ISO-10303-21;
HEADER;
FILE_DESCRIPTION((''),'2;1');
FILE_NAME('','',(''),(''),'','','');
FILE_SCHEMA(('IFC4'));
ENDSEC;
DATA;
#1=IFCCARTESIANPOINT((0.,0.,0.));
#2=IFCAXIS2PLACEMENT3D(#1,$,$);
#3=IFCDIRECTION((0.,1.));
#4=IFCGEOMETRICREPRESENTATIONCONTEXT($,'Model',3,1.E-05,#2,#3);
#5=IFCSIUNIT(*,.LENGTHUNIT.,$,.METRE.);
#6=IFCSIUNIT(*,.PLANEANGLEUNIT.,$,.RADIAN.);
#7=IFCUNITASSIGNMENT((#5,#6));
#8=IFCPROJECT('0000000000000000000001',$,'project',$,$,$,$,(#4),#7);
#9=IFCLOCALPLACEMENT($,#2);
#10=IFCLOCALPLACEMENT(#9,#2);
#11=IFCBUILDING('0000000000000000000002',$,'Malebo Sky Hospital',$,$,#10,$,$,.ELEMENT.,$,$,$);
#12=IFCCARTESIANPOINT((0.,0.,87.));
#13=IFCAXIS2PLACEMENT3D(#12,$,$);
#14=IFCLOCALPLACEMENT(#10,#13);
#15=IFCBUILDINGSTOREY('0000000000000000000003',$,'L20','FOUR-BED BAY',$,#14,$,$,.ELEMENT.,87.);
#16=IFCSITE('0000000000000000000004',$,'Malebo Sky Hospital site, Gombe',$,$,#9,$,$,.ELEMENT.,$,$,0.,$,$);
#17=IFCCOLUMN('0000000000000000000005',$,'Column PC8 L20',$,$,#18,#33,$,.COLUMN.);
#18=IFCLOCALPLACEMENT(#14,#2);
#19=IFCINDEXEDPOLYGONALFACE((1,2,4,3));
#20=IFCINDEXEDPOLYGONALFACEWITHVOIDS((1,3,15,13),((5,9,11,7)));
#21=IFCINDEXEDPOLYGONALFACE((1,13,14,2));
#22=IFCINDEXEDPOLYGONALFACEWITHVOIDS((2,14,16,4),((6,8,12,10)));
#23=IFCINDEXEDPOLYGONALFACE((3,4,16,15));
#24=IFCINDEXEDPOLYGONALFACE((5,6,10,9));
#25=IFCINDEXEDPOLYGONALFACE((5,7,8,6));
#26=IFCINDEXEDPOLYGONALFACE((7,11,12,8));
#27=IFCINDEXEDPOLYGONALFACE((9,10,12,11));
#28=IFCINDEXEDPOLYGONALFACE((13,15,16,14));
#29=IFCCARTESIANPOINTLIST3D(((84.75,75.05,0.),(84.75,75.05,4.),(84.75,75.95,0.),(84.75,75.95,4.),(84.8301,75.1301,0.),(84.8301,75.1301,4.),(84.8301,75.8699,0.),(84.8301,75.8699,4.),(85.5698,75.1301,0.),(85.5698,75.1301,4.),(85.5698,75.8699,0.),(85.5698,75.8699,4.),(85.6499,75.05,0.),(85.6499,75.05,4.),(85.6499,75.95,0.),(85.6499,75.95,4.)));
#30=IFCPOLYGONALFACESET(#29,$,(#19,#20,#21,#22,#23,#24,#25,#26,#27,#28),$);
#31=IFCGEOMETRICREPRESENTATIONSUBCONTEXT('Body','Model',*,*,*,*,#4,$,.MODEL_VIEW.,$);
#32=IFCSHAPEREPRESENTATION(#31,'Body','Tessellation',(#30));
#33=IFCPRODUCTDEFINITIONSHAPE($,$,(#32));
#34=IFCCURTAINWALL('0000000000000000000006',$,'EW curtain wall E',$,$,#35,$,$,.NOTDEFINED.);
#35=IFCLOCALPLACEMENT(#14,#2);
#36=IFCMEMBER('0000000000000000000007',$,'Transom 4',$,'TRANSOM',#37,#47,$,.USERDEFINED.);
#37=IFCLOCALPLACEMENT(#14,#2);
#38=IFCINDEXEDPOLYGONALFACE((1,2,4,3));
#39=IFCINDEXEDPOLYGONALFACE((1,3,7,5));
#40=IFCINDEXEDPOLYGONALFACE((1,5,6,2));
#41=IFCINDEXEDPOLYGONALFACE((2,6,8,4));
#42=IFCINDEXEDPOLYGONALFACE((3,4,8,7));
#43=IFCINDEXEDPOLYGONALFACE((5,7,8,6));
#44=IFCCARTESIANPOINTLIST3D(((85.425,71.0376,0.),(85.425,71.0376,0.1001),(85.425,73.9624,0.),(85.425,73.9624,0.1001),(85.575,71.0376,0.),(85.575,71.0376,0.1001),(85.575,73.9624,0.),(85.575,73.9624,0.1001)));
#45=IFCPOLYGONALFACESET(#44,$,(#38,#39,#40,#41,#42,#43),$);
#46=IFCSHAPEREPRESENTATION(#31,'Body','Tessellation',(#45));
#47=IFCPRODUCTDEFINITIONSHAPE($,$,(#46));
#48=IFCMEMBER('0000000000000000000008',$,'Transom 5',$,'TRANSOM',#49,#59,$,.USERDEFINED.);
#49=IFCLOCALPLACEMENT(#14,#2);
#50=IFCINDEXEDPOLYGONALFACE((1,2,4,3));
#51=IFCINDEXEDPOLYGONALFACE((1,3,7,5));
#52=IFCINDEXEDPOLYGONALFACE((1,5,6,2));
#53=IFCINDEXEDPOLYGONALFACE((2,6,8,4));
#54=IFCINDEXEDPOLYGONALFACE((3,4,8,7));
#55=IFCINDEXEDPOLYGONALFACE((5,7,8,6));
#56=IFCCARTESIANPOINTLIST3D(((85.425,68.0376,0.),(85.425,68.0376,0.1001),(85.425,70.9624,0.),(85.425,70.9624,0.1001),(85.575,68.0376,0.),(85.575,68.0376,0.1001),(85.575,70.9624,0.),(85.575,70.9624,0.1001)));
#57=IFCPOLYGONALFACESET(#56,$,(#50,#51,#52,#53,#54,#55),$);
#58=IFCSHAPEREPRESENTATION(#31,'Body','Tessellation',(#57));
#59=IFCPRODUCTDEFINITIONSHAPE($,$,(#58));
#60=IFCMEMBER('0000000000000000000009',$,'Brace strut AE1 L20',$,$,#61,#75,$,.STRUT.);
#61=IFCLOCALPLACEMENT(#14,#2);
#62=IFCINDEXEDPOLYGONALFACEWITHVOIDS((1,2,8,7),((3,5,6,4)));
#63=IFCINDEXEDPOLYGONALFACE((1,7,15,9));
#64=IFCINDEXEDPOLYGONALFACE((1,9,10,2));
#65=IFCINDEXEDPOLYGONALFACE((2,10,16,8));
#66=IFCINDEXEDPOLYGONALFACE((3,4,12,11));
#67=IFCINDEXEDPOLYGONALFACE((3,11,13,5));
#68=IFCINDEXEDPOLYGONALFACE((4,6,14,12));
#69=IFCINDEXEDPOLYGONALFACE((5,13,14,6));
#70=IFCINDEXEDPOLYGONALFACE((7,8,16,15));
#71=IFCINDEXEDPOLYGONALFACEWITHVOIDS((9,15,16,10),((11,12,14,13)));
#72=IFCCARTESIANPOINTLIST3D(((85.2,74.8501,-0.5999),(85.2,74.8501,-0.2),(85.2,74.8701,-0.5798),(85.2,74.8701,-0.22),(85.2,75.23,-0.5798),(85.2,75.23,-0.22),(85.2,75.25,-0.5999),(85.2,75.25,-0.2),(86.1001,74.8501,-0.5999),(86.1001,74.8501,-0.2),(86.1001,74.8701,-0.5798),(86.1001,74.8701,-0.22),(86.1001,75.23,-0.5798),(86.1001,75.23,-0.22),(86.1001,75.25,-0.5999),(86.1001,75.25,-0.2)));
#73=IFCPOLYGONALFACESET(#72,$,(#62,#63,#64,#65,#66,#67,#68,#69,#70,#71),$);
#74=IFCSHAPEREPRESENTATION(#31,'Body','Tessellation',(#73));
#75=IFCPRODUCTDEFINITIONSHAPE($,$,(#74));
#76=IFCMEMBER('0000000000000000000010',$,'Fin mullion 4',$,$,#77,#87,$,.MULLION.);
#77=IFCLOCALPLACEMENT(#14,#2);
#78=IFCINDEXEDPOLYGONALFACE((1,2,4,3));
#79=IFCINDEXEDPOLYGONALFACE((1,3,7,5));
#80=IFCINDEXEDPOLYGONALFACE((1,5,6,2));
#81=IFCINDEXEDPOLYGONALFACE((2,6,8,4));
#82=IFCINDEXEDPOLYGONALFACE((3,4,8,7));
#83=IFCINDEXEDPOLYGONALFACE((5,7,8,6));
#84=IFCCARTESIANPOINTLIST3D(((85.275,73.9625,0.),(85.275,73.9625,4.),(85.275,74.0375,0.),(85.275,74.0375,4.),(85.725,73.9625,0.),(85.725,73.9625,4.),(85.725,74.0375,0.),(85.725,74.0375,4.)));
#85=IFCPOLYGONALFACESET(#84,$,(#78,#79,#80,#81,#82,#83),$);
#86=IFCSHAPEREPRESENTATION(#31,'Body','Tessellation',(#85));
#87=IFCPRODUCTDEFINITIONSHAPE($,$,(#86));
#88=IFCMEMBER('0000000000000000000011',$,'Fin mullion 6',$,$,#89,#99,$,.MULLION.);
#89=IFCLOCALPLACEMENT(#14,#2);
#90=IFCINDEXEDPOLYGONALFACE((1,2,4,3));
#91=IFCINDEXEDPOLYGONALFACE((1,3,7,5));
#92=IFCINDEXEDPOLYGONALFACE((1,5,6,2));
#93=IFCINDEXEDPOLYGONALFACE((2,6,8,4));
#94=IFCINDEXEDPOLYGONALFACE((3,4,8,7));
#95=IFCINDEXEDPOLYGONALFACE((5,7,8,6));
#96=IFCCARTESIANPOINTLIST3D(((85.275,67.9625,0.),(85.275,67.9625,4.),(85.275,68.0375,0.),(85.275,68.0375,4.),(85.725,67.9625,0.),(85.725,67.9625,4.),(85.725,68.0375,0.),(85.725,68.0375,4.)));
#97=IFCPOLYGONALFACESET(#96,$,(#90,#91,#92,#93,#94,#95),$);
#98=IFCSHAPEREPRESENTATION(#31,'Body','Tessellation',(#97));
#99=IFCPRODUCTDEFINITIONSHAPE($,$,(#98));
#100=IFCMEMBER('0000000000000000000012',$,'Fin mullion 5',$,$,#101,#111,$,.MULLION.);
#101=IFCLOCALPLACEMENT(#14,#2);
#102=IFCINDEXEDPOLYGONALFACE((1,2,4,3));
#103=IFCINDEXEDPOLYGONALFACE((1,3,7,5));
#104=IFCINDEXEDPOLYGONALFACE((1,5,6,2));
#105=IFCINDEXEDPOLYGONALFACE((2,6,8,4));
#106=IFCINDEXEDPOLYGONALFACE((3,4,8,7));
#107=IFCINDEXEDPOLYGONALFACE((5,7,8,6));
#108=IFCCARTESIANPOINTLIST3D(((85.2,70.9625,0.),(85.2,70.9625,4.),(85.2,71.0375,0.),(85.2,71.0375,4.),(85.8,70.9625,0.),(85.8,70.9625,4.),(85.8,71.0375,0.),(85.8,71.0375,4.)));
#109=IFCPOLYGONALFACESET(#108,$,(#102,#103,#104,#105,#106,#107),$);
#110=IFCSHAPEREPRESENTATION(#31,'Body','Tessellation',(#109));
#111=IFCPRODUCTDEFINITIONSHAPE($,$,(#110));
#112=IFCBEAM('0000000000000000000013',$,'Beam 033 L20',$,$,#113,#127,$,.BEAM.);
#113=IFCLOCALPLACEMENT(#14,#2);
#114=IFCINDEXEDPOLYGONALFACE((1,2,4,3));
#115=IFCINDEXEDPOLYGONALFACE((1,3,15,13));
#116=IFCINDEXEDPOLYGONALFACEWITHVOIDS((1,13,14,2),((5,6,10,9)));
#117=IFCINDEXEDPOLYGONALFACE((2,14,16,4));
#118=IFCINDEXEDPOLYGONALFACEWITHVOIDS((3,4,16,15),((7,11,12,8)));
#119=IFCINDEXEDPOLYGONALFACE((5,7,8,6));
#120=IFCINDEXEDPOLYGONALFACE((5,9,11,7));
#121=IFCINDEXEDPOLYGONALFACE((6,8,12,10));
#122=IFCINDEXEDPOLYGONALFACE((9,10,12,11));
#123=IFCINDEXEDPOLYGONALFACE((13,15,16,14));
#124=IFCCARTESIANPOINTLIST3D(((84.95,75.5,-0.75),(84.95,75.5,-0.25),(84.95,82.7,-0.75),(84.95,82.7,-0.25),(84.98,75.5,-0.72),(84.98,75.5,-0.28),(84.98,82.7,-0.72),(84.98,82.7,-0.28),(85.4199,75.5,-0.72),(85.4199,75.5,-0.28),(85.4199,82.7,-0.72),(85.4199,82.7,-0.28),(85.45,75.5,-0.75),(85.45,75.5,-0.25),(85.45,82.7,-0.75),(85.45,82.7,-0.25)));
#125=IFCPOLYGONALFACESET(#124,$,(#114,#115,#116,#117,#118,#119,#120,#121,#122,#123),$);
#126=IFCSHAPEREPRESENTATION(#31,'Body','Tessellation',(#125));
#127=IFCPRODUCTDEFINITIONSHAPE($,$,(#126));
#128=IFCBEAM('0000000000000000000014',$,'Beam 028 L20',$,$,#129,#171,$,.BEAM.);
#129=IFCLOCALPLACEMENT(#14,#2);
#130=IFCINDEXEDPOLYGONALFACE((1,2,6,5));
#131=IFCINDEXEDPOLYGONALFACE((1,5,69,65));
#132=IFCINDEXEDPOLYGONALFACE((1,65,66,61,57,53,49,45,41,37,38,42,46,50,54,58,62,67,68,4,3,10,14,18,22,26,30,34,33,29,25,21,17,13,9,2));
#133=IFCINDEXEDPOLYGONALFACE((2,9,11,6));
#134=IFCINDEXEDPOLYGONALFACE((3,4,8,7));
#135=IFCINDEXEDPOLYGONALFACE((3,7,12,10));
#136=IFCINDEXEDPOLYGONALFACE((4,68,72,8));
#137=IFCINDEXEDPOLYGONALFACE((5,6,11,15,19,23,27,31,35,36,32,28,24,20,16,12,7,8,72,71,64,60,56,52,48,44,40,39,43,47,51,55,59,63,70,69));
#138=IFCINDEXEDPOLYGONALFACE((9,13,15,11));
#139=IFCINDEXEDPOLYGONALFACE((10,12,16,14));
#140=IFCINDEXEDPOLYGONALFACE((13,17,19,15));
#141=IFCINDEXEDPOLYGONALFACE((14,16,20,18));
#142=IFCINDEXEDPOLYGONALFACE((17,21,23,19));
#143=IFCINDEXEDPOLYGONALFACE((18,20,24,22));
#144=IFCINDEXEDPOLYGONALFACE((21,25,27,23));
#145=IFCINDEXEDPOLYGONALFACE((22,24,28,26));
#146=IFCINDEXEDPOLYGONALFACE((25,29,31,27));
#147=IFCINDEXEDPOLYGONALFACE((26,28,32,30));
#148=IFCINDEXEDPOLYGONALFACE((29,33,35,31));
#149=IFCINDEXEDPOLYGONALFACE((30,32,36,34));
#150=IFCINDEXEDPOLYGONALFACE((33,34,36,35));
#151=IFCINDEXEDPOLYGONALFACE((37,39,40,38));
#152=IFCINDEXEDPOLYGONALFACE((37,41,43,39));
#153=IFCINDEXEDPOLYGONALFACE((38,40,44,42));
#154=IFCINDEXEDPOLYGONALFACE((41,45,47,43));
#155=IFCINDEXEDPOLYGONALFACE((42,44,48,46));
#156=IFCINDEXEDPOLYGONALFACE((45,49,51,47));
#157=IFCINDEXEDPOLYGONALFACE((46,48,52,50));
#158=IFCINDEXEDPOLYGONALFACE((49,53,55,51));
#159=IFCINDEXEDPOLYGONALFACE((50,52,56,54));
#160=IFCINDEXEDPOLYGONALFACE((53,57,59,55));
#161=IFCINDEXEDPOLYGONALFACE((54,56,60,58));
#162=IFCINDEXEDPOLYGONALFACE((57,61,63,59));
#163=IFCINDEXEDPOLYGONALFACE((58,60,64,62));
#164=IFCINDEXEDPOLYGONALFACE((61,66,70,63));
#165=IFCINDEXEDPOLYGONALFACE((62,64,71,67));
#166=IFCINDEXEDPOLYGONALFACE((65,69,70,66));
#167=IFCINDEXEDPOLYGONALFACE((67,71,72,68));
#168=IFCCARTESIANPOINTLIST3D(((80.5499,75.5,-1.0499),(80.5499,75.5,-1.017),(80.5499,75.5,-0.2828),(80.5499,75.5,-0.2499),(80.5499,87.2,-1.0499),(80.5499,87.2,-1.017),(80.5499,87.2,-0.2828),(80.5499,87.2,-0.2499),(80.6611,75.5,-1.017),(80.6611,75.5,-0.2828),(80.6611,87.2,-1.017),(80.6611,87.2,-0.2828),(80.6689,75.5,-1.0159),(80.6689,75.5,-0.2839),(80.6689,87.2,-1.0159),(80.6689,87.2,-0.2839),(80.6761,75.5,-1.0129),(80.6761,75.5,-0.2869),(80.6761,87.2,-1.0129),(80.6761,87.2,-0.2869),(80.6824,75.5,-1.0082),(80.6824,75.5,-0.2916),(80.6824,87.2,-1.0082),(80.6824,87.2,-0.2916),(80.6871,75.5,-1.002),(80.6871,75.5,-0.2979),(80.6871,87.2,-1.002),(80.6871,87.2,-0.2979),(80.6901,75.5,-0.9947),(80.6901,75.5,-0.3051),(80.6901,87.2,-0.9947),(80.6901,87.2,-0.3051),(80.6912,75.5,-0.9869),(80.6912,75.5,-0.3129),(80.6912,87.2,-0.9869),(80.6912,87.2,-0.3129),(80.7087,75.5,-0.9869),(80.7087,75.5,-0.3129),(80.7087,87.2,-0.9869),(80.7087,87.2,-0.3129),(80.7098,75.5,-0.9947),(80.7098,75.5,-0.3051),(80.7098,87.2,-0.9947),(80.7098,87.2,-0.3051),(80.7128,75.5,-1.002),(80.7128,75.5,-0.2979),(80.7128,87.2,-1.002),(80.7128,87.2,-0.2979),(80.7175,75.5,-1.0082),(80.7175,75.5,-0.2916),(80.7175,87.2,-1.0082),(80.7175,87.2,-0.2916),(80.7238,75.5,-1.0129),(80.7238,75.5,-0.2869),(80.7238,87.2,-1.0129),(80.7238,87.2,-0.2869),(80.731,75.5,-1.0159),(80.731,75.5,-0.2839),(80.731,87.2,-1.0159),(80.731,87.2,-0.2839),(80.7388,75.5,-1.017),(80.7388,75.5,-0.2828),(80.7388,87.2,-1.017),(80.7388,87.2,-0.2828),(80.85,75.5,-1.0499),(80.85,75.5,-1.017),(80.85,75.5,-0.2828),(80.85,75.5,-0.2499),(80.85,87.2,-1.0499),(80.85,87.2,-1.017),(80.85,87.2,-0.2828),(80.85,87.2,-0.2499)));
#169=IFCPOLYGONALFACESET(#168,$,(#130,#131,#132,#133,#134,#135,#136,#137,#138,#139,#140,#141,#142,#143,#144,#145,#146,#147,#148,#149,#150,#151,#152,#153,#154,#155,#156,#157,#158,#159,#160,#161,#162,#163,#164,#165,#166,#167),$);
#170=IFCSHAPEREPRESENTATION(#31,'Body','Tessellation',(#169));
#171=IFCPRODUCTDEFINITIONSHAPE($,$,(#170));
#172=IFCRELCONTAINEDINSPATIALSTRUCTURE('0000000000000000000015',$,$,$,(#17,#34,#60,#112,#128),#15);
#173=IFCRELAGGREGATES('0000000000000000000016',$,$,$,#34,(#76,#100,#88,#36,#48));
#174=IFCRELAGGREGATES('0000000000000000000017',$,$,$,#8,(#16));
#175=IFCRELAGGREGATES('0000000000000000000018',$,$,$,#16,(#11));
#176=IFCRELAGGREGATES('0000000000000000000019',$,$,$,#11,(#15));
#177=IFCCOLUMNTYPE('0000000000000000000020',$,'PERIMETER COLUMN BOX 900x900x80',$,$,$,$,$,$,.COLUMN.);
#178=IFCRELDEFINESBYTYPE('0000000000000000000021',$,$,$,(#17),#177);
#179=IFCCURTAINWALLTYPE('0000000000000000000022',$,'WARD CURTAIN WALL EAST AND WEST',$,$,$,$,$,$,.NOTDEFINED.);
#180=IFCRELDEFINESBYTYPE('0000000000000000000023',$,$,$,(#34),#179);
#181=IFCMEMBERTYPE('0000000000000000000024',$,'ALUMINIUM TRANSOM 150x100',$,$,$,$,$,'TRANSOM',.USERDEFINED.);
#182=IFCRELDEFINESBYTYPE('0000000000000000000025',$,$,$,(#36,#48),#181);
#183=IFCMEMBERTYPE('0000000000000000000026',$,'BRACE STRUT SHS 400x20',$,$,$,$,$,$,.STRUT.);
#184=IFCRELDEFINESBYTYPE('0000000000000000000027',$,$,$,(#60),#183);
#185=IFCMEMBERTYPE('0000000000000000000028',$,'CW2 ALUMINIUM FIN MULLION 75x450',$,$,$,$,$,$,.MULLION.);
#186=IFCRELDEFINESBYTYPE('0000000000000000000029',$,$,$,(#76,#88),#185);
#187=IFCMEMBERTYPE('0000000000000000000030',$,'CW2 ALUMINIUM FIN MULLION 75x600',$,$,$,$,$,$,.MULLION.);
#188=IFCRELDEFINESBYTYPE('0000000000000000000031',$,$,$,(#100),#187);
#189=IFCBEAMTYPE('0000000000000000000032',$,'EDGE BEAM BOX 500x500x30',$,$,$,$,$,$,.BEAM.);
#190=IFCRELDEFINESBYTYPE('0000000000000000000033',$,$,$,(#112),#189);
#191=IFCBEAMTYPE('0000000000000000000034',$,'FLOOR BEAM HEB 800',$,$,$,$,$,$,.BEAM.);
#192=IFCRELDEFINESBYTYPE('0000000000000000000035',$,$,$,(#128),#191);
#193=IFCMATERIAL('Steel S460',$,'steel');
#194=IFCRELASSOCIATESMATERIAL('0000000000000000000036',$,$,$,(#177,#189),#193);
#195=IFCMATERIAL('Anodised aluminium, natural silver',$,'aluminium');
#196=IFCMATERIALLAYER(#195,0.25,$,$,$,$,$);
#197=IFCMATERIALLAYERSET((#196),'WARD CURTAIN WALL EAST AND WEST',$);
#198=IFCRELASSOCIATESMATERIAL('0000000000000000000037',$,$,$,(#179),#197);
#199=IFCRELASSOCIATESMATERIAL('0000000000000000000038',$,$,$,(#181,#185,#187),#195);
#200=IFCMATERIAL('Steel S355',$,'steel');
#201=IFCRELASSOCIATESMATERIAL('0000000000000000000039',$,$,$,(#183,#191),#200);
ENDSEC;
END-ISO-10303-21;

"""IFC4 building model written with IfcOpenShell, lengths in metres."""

from ifc_helpers import new_model, si_unit, direction, frame, origin, origin_2d, place, context, subcontext, project, spatial, rectangle, hollow_rectangle, i_section, extrude, material, layer, layer_set, material_profile, profile_set, type_object, element, aggregate, save


model = new_model("IFC4")

# Units and contexts
model_context = context("Model", 3, precision=1e-05, world=origin(), true_north=direction((0.0, 1.0)))
body_context = subcontext(model_context, "Body", "Model", "MODEL_VIEW")
ifc_project = project(units=[si_unit("LENGTHUNIT", "METRE"), si_unit("PLANEANGLEUNIT", "RADIAN")], contexts=[model_context])

# Site, building, storey
site_placement = place(None, origin())
site = spatial("IfcSite", under=ifc_project, at=site_placement, Name="Malebo Sky Hospital site, Gombe", CompositionType="ELEMENT", RefElevation=0.0)
building_placement = place(site_placement, origin())
building = spatial("IfcBuilding", under=site, at=building_placement, Name="Malebo Sky Hospital", CompositionType="ELEMENT")
storey_placement = place(building_placement, frame((0.0, 0.0, 87.0)))
storey = spatial("IfcBuildingStorey", under=building, at=storey_placement, Name="L20", Description="FOUR-BED BAY", CompositionType="ELEMENT", Elevation=87.0)

# Column
ifc_material_1 = material(Name="Steel S460", Category="steel")
ifc_material_profile_1 = material_profile(ifc_material_1, hollow_rectangle(XDim=0.8999, YDim=0.8999, WallThickness=0.0801, at=origin_2d()), Name="BOX 900x900x80")
ifc_profile_set_1 = profile_set([ifc_material_profile_1], Name="Steel S460")
column_type = type_object("IfcColumnType", Name="PERIMETER COLUMN BOX 900x900x80", PredefinedType="COLUMN", material=ifc_profile_set_1)
column_placement = place(storey_placement, frame((85.2, 75.5, 0.0), z_axis=(0.0, 0.0, 1.0), x_axis=(1.0, 0.0, 0.0)))
element("IfcColumn", 1, at=column_placement, inside=storey, type_object=column_type, Name="Column PC8 L20", PredefinedType="COLUMN", context=body_context, shape_type="SweptSolid", body=[
    extrude(hollow_rectangle(XDim=0.8999, YDim=0.8999, WallThickness=0.0801, at=origin_2d()), origin(), (0.0, 0.0, 1.0), 4.0),
])

# Curtain wall, members
ifc_material_2 = material(Name="Anodised aluminium, natural silver", Category="aluminium")
ifc_layer_1 = layer(ifc_material_2, 0.25)
ifc_layer_set_1 = layer_set([ifc_layer_1], Name="WARD CURTAIN WALL EAST AND WEST")
curtain_wall_type = type_object("IfcCurtainWallType", Name="WARD CURTAIN WALL EAST AND WEST", PredefinedType="NOTDEFINED", material=ifc_layer_set_1)
curtain_wall_placement = place(storey_placement, origin())
curtain_wall = element("IfcCurtainWall", 2, at=curtain_wall_placement, inside=storey, type_object=curtain_wall_type, Name="EW curtain wall E", PredefinedType="NOTDEFINED")
ifc_material_profile_2 = material_profile(ifc_material_2, rectangle(XDim=0.1499, YDim=0.1001, at=origin_2d()), Name="ALUMINIUM TRANSOM 150x100")
ifc_profile_set_2 = profile_set([ifc_material_profile_2], Name="Anodised aluminium, natural silver")
member_type_1 = type_object("IfcMemberType", Name="ALUMINIUM TRANSOM 150x100", ElementType="TRANSOM", PredefinedType="USERDEFINED", material=ifc_profile_set_2)
member_1_placement = place(storey_placement, frame((85.5, 73.9624, 0.05), z_axis=(0.0, -1.0, 0.0), x_axis=(1.0, 0.0, 0.0)))
member_1 = element("IfcMember", 3, at=member_1_placement, type_object=member_type_1, Name="Transom 4", ObjectType="TRANSOM", PredefinedType="USERDEFINED", context=body_context, shape_type="SweptSolid", body=[
    extrude(rectangle(XDim=0.1499, YDim=0.1001, at=origin_2d()), origin(), (0.0, 0.0, 1.0), 2.9248),
])
member_2_placement = place(storey_placement, frame((85.5, 70.9624, 0.05), z_axis=(0.0, -1.0, 0.0), x_axis=(1.0, 0.0, 0.0)))
member_2 = element("IfcMember", 4, at=member_2_placement, type_object=member_type_1, Name="Transom 5", ObjectType="TRANSOM", PredefinedType="USERDEFINED", context=body_context, shape_type="SweptSolid", body=[
    extrude(rectangle(XDim=0.1499, YDim=0.1001, at=origin_2d()), origin(), (0.0, 0.0, 1.0), 2.9248),
])

# Members
ifc_material_3 = material(Name="Steel S355", Category="steel")
ifc_material_profile_3 = material_profile(ifc_material_3, hollow_rectangle(XDim=0.3999, YDim=0.3999, WallThickness=0.02, at=origin_2d()), Name="SHS 400x20")
ifc_profile_set_3 = profile_set([ifc_material_profile_3], Name="Steel S355")
member_type_2 = type_object("IfcMemberType", Name="BRACE STRUT SHS 400x20", PredefinedType="STRUT", material=ifc_profile_set_3)
member_3_placement = place(storey_placement, frame((86.1001, 75.05, -0.3999), z_axis=(-1.0, 0.0, 0.0), x_axis=(0.0, -1.0, 0.0)))
element("IfcMember", 5, at=member_3_placement, inside=storey, type_object=member_type_2, Name="Brace strut AE1 L20", PredefinedType="STRUT", context=body_context, shape_type="SweptSolid", body=[
    extrude(hollow_rectangle(XDim=0.3999, YDim=0.3999, WallThickness=0.02, at=origin_2d()), origin(), (0.0, 0.0, 1.0), 0.9001),
])
ifc_material_profile_4 = material_profile(ifc_material_2, rectangle(XDim=0.075, YDim=0.45, at=origin_2d()), Name="CW2 ALUMINIUM FIN MULLION 75x450")
ifc_profile_set_4 = profile_set([ifc_material_profile_4], Name="Anodised aluminium, natural silver")
member_type_3 = type_object("IfcMemberType", Name="CW2 ALUMINIUM FIN MULLION 75x450", PredefinedType="MULLION", material=ifc_profile_set_4)
member_4_placement = place(storey_placement, frame((85.5, 74.0, 0.0), z_axis=(0.0, 0.0, 1.0), x_axis=(0.0, -1.0, 0.0)))
member_4 = element("IfcMember", 6, at=member_4_placement, type_object=member_type_3, Name="Fin mullion 4", PredefinedType="MULLION", context=body_context, shape_type="SweptSolid", body=[
    extrude(rectangle(XDim=0.075, YDim=0.45, at=origin_2d()), origin(), (0.0, 0.0, 1.0), 4.0),
])
member_5_placement = place(storey_placement, frame((85.5, 68.0, 0.0), z_axis=(0.0, 0.0, 1.0), x_axis=(0.0, -1.0, 0.0)))
member_5 = element("IfcMember", 7, at=member_5_placement, type_object=member_type_3, Name="Fin mullion 6", PredefinedType="MULLION", context=body_context, shape_type="SweptSolid", body=[
    extrude(rectangle(XDim=0.075, YDim=0.45, at=origin_2d()), origin(), (0.0, 0.0, 1.0), 4.0),
])
ifc_material_profile_5 = material_profile(ifc_material_2, rectangle(XDim=0.075, YDim=0.6001, at=origin_2d()), Name="CW2 ALUMINIUM FIN MULLION 75x600")
ifc_profile_set_5 = profile_set([ifc_material_profile_5], Name="Anodised aluminium, natural silver")
member_type_4 = type_object("IfcMemberType", Name="CW2 ALUMINIUM FIN MULLION 75x600", PredefinedType="MULLION", material=ifc_profile_set_5)
member_6_placement = place(storey_placement, frame((85.5, 71.0, 0.0), z_axis=(0.0, 0.0, 1.0), x_axis=(0.0, -1.0, 0.0)))
member_6 = element("IfcMember", 8, at=member_6_placement, type_object=member_type_4, Name="Fin mullion 5", PredefinedType="MULLION", context=body_context, shape_type="SweptSolid", body=[
    extrude(rectangle(XDim=0.075, YDim=0.6001, at=origin_2d()), origin(), (0.0, 0.0, 1.0), 4.0),
])

# Beams
ifc_material_profile_6 = material_profile(ifc_material_1, hollow_rectangle(XDim=0.5, YDim=0.5, WallThickness=0.03, at=origin_2d()), Name="BOX 500x500x30")
ifc_profile_set_6 = profile_set([ifc_material_profile_6], Name="Steel S460")
beam_type_1 = type_object("IfcBeamType", Name="EDGE BEAM BOX 500x500x30", PredefinedType="BEAM", material=ifc_profile_set_6)
beam_1_placement = place(storey_placement, frame((85.2, 75.5, -0.5), z_axis=(0.0, 1.0, 0.0), x_axis=(-1.0, 0.0, 0.0)))
element("IfcBeam", 9, at=beam_1_placement, inside=storey, type_object=beam_type_1, Name="Beam 033 L20", PredefinedType="BEAM", context=body_context, shape_type="SweptSolid", body=[
    extrude(hollow_rectangle(XDim=0.5, YDim=0.5, WallThickness=0.03, at=origin_2d()), origin(), (0.0, 0.0, 1.0), 7.2),
])
ifc_material_profile_7 = material_profile(ifc_material_3, i_section(OverallWidth=0.3, OverallDepth=0.8, WebThickness=0.0176, FlangeThickness=0.033, FilletRadius=0.03, at=origin_2d()), Name="HEB 800")
ifc_profile_set_7 = profile_set([ifc_material_profile_7], Name="Steel S355")
beam_type_2 = type_object("IfcBeamType", Name="FLOOR BEAM HEB 800", PredefinedType="BEAM", material=ifc_profile_set_7)
beam_2_placement = place(storey_placement, frame((80.7, 75.5, -0.6499), z_axis=(0.0, 1.0, 0.0), x_axis=(-1.0, 0.0, 0.0)))
element("IfcBeam", 10, at=beam_2_placement, inside=storey, type_object=beam_type_2, Name="Beam 028 L20", PredefinedType="BEAM", context=body_context, shape_type="SweptSolid", body=[
    extrude(i_section(OverallWidth=0.3, OverallDepth=0.8, WebThickness=0.0176, FlangeThickness=0.033, FilletRadius=0.03, at=origin_2d()), origin(), (0.0, 0.0, 1.0), 11.7),
])

aggregate(curtain_wall, [member_4, member_6, member_5, member_1, member_2])

save(model, "model.ifc")
